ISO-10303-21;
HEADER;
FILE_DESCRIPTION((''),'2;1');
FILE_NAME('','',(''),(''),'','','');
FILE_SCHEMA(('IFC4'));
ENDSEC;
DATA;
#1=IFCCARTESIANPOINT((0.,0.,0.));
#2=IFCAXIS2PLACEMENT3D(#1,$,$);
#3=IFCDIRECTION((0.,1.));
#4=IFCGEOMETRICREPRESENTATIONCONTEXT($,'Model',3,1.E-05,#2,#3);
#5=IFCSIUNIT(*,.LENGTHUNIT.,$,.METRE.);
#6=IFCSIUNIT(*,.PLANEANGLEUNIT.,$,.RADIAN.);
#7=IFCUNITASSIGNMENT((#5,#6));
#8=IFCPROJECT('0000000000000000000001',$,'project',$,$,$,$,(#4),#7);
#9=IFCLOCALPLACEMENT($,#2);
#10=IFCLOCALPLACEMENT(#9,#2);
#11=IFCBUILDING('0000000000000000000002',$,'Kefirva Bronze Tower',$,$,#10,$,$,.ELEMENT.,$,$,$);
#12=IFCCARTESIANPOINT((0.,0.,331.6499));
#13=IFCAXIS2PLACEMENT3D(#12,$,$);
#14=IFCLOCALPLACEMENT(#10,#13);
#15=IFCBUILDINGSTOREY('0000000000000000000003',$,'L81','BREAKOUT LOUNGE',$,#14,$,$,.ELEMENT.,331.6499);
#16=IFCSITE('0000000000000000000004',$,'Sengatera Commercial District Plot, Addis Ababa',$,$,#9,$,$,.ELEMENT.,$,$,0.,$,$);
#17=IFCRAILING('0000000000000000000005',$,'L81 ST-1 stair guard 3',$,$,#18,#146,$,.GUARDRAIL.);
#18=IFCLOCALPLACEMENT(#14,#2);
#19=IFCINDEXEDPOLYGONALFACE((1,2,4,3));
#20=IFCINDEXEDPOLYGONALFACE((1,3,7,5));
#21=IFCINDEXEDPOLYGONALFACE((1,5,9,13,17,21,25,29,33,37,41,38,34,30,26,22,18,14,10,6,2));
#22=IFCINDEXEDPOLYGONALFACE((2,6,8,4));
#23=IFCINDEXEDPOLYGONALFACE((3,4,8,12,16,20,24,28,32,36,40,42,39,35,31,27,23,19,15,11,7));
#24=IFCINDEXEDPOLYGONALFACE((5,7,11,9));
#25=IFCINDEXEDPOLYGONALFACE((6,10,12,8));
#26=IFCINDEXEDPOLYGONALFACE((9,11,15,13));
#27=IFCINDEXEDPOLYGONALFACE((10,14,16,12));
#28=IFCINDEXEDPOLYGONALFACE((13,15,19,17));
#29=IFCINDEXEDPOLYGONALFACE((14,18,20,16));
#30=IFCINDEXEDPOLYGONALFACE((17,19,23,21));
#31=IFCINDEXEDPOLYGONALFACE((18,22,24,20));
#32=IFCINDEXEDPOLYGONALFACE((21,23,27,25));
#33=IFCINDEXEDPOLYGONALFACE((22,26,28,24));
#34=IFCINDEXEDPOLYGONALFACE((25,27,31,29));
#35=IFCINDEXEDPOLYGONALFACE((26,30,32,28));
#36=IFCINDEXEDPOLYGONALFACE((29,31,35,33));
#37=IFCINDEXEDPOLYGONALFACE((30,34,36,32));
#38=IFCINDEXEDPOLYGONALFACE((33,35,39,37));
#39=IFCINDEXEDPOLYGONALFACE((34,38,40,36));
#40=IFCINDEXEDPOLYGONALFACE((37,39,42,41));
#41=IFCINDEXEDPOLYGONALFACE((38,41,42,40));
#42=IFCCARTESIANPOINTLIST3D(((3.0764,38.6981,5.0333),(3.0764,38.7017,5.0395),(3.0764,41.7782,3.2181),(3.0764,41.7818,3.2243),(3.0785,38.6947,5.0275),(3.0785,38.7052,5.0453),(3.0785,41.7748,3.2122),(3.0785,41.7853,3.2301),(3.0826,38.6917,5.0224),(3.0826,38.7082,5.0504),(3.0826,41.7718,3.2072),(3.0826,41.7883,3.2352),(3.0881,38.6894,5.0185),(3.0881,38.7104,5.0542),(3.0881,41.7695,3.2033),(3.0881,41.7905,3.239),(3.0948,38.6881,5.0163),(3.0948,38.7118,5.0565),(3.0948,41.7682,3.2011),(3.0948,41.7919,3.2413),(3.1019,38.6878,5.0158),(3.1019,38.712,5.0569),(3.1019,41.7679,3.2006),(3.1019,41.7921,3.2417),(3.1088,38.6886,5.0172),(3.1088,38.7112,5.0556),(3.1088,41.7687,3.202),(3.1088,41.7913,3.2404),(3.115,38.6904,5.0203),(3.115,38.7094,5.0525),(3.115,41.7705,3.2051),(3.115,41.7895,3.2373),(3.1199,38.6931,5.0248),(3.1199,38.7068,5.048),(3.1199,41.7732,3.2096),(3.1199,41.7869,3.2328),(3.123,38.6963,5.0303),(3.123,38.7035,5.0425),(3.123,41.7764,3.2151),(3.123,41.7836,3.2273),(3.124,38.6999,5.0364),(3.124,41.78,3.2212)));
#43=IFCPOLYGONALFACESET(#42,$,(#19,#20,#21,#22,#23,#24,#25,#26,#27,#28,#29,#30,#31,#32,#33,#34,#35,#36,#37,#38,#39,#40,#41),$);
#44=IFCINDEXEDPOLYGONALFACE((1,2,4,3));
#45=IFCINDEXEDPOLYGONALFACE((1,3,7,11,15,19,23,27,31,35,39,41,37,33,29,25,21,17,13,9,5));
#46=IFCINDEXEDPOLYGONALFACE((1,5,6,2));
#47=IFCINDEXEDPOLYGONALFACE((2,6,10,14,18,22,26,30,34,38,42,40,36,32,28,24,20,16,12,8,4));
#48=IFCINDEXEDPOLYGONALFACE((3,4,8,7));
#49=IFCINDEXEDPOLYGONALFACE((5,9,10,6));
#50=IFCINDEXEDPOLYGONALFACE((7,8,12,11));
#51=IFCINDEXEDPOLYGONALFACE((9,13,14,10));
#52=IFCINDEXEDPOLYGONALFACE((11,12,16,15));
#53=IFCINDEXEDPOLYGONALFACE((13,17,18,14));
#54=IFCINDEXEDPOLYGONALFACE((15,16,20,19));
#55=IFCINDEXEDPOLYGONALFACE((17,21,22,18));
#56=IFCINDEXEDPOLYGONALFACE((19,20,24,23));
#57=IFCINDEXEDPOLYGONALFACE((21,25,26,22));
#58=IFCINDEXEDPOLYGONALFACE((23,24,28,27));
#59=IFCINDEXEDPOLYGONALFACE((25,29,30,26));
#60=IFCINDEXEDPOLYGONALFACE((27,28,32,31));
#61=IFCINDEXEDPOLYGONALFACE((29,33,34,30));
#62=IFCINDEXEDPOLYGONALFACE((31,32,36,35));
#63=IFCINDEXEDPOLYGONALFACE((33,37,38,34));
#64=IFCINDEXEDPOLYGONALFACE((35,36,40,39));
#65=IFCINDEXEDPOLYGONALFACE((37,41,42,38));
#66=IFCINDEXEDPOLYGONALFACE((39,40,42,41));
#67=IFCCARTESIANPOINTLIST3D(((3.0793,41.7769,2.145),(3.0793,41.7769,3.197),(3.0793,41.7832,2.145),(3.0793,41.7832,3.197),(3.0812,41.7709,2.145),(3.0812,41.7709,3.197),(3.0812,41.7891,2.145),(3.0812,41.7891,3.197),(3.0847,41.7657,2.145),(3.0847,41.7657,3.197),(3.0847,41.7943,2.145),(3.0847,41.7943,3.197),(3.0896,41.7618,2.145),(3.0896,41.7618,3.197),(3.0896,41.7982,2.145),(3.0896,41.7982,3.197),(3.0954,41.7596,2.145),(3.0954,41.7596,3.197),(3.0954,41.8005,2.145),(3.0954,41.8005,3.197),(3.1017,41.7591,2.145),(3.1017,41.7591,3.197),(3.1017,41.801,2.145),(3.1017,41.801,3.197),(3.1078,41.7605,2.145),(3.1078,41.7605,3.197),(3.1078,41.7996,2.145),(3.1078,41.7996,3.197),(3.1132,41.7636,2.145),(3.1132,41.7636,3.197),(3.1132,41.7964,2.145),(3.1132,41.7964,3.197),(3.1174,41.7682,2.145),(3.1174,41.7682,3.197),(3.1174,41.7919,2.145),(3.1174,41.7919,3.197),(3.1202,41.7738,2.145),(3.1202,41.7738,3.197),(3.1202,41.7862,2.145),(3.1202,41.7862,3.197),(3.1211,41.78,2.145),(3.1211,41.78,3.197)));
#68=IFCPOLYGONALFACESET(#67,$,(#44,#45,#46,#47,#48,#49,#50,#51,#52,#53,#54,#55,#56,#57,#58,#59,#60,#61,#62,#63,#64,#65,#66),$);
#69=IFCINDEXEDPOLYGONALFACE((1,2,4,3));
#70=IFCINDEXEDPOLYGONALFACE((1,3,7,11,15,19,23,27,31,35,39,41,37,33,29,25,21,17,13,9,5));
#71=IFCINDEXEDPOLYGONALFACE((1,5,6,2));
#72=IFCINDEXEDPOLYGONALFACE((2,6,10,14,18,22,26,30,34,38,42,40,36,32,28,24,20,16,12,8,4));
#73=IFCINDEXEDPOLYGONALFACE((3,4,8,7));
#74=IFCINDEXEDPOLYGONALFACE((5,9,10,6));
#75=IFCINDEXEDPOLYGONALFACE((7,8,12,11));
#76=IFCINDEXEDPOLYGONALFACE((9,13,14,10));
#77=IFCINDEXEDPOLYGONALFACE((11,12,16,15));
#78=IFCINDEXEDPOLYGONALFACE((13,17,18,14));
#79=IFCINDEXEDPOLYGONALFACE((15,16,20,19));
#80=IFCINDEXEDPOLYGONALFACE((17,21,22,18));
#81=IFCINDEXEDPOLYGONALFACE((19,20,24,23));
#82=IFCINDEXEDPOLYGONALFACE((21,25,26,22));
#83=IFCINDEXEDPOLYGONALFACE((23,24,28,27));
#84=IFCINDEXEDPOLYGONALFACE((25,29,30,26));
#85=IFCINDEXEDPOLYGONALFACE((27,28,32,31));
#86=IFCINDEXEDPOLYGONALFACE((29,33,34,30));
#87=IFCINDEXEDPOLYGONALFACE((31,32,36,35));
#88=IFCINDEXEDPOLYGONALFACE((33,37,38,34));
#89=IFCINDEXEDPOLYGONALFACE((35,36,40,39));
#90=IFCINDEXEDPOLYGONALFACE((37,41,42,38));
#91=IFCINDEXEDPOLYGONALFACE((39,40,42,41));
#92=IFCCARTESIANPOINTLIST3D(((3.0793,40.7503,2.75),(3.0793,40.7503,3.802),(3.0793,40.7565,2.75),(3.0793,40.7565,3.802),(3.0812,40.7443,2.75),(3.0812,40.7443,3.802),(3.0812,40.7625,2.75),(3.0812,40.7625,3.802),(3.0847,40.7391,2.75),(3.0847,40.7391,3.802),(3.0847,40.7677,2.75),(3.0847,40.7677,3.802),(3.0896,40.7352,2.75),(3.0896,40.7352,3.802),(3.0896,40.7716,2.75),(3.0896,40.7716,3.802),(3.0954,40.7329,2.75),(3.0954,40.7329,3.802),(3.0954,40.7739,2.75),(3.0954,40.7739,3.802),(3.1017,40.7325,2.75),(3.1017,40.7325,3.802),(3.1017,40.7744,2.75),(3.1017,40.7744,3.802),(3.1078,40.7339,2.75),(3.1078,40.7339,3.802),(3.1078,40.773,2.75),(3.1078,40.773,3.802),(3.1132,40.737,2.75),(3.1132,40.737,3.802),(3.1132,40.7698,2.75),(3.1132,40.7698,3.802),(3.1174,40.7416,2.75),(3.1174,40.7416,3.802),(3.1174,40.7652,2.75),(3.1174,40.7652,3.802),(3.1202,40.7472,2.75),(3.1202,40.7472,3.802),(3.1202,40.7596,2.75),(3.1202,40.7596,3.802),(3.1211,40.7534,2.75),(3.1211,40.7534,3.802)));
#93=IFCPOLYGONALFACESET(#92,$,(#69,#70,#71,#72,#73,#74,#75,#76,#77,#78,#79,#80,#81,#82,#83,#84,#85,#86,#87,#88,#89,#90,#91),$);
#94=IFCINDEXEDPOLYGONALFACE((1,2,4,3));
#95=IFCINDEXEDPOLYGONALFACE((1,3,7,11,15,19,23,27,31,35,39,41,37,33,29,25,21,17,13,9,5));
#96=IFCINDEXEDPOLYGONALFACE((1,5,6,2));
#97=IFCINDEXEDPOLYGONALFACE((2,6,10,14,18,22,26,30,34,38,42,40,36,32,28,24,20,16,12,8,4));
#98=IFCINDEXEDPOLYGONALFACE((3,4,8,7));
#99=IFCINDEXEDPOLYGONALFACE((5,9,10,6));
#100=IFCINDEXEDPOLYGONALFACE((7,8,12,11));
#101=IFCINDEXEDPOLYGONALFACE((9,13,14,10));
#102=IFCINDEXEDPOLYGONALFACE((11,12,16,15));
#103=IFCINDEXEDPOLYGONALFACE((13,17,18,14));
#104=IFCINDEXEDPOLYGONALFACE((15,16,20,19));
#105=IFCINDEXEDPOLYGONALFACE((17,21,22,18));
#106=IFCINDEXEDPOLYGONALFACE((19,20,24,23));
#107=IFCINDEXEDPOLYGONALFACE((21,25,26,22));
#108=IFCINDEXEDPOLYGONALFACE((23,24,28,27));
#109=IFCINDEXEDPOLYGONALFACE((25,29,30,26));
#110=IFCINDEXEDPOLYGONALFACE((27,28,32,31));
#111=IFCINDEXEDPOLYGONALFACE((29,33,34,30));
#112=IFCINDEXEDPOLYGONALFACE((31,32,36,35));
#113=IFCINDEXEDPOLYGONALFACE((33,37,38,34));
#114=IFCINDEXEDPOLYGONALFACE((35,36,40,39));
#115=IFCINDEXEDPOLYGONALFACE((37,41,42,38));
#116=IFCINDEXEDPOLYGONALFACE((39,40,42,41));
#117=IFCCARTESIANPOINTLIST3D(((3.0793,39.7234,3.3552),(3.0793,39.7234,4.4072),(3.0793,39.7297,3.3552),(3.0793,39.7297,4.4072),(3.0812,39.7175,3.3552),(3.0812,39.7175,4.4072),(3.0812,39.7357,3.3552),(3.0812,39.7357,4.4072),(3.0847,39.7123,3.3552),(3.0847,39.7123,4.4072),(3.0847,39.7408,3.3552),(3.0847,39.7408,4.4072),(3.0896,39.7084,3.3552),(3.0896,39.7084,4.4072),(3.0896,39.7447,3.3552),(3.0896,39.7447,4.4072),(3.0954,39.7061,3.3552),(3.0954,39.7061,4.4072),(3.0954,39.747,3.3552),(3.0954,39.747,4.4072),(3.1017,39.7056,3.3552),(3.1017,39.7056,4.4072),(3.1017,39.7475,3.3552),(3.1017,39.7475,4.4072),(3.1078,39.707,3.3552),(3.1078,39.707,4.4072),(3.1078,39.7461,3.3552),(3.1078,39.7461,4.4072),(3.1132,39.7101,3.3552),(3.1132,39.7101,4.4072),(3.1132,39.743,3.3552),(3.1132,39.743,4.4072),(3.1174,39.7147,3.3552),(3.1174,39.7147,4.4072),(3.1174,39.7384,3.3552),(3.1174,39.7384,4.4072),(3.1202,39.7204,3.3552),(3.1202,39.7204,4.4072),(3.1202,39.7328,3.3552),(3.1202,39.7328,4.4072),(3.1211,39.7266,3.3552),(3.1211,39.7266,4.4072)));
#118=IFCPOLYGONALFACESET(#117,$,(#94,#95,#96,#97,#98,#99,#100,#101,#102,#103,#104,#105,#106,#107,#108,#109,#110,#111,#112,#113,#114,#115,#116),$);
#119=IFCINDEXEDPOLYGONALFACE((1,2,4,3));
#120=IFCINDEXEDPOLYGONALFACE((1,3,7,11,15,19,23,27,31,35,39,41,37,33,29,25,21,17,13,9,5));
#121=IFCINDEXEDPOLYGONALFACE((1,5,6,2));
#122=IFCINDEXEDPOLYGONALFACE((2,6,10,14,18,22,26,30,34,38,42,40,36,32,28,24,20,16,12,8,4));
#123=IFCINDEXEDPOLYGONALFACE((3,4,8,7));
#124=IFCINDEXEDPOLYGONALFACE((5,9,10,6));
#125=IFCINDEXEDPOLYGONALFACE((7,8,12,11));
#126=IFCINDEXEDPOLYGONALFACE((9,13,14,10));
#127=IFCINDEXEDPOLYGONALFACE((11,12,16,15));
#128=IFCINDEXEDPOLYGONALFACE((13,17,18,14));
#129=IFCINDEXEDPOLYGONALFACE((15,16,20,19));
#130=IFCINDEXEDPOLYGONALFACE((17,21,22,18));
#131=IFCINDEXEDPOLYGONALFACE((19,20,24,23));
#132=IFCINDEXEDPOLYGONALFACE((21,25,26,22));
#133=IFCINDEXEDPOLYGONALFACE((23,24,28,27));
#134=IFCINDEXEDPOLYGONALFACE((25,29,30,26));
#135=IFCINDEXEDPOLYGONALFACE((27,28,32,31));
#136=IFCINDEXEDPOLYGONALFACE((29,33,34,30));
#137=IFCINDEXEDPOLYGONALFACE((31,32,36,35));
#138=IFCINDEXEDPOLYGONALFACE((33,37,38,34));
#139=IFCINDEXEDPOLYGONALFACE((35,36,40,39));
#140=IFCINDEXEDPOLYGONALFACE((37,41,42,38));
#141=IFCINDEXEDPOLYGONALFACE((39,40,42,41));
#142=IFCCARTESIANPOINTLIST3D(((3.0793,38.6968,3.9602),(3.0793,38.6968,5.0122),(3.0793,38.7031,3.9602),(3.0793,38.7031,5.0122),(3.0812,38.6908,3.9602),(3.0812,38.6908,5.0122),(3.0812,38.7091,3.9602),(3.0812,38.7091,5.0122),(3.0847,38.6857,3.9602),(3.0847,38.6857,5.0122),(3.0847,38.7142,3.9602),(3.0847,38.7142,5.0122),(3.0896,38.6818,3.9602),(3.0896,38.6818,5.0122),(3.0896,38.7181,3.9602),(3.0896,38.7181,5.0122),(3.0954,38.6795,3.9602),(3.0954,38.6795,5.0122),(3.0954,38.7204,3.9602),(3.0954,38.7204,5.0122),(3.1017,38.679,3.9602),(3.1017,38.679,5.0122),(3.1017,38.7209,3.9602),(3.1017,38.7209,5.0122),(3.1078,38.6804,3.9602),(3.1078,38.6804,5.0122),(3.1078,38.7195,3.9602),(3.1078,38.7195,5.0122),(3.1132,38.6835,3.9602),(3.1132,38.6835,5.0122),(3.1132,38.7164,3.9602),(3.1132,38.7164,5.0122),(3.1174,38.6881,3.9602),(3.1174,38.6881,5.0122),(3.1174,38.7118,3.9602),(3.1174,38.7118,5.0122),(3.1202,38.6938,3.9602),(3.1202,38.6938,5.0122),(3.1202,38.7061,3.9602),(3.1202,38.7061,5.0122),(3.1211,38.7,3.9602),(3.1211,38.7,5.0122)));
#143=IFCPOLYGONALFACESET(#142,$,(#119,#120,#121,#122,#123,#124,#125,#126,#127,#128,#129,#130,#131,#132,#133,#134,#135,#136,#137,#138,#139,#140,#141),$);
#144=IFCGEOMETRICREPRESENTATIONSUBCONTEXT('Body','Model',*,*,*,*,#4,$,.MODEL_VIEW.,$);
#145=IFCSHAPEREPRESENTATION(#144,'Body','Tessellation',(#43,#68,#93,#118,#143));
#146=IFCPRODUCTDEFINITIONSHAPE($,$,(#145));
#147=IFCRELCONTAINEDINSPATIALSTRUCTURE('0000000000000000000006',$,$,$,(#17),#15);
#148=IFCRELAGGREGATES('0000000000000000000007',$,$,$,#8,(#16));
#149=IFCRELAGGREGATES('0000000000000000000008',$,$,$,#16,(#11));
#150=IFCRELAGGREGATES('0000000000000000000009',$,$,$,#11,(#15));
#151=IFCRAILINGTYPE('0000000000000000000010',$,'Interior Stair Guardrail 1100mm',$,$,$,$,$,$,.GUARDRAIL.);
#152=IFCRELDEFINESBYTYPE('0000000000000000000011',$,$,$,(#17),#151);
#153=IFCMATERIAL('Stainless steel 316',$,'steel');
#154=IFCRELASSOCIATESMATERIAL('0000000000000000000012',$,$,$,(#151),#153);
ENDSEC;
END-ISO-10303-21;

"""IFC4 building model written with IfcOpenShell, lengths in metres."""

from ifc_helpers import new_model, si_unit, direction, frame, origin, origin_2d, place, context, subcontext, project, spatial, circle, extrude, material, type_object, element, save


model = new_model("IFC4")

# Units and contexts
model_context = context("Model", 3, precision=1e-05, world=origin(), true_north=direction((0.0, 1.0)))
body_context = subcontext(model_context, "Body", "Model", "MODEL_VIEW")
ifc_project = project(units=[si_unit("LENGTHUNIT", "METRE"), si_unit("PLANEANGLEUNIT", "RADIAN")], contexts=[model_context])

# Site, building, storey
site_placement = place(None, origin())
site = spatial("IfcSite", under=ifc_project, at=site_placement, Name="Sengatera Commercial District Plot, Addis Ababa", CompositionType="ELEMENT", RefElevation=0.0)
building_placement = place(site_placement, origin())
building = spatial("IfcBuilding", under=site, at=building_placement, Name="Kefirva Bronze Tower", CompositionType="ELEMENT")
storey_placement = place(building_placement, frame((0.0, 0.0, 331.6499)))
storey = spatial("IfcBuildingStorey", under=building, at=storey_placement, Name="L81", Description="BREAKOUT LOUNGE", CompositionType="ELEMENT", Elevation=331.6499)

# Railing
ifc_material_1 = material(Name="Stainless steel 316", Category="steel")
railing_type_1 = type_object("IfcRailingType", Name="Interior Stair Guardrail 1100mm", PredefinedType="GUARDRAIL", material=ifc_material_1)
railing_1_placement = place(storey_placement, frame((3.1001, 41.78, 2.145)))
element("IfcRailing", 1, at=railing_1_placement, inside=storey, type_object=railing_type_1, Name="L81 ST-1 stair guard 3", PredefinedType="GUARDRAIL", context=body_context, shape_type="SweptSolid", body=[
    extrude(circle(Radius=0.0239, at=origin_2d()), frame((0.0, 0.0, 1.0762), z_axis=(0.0, -0.861521, 0.507721), x_axis=(1.0, 0.0, 0.0)), (0.0, 0.0, 1.0), 3.5752),
    extrude(circle(Radius=0.021, at=origin_2d()), origin(), (0.0, 0.0, 1.0), 1.052),
    extrude(circle(Radius=0.021, at=origin_2d()), frame((0.0, -1.0266, 0.605)), (0.0, 0.0, 1.0), 1.052),
    extrude(circle(Radius=0.021, at=origin_2d()), frame((0.0, -2.0535, 1.2102)), (0.0, 0.0, 1.0), 1.052),
    extrude(circle(Radius=0.021, at=origin_2d()), frame((0.0, -3.0801, 1.8152)), (0.0, 0.0, 1.0), 1.052),
])

save(model, "model.ifc")
